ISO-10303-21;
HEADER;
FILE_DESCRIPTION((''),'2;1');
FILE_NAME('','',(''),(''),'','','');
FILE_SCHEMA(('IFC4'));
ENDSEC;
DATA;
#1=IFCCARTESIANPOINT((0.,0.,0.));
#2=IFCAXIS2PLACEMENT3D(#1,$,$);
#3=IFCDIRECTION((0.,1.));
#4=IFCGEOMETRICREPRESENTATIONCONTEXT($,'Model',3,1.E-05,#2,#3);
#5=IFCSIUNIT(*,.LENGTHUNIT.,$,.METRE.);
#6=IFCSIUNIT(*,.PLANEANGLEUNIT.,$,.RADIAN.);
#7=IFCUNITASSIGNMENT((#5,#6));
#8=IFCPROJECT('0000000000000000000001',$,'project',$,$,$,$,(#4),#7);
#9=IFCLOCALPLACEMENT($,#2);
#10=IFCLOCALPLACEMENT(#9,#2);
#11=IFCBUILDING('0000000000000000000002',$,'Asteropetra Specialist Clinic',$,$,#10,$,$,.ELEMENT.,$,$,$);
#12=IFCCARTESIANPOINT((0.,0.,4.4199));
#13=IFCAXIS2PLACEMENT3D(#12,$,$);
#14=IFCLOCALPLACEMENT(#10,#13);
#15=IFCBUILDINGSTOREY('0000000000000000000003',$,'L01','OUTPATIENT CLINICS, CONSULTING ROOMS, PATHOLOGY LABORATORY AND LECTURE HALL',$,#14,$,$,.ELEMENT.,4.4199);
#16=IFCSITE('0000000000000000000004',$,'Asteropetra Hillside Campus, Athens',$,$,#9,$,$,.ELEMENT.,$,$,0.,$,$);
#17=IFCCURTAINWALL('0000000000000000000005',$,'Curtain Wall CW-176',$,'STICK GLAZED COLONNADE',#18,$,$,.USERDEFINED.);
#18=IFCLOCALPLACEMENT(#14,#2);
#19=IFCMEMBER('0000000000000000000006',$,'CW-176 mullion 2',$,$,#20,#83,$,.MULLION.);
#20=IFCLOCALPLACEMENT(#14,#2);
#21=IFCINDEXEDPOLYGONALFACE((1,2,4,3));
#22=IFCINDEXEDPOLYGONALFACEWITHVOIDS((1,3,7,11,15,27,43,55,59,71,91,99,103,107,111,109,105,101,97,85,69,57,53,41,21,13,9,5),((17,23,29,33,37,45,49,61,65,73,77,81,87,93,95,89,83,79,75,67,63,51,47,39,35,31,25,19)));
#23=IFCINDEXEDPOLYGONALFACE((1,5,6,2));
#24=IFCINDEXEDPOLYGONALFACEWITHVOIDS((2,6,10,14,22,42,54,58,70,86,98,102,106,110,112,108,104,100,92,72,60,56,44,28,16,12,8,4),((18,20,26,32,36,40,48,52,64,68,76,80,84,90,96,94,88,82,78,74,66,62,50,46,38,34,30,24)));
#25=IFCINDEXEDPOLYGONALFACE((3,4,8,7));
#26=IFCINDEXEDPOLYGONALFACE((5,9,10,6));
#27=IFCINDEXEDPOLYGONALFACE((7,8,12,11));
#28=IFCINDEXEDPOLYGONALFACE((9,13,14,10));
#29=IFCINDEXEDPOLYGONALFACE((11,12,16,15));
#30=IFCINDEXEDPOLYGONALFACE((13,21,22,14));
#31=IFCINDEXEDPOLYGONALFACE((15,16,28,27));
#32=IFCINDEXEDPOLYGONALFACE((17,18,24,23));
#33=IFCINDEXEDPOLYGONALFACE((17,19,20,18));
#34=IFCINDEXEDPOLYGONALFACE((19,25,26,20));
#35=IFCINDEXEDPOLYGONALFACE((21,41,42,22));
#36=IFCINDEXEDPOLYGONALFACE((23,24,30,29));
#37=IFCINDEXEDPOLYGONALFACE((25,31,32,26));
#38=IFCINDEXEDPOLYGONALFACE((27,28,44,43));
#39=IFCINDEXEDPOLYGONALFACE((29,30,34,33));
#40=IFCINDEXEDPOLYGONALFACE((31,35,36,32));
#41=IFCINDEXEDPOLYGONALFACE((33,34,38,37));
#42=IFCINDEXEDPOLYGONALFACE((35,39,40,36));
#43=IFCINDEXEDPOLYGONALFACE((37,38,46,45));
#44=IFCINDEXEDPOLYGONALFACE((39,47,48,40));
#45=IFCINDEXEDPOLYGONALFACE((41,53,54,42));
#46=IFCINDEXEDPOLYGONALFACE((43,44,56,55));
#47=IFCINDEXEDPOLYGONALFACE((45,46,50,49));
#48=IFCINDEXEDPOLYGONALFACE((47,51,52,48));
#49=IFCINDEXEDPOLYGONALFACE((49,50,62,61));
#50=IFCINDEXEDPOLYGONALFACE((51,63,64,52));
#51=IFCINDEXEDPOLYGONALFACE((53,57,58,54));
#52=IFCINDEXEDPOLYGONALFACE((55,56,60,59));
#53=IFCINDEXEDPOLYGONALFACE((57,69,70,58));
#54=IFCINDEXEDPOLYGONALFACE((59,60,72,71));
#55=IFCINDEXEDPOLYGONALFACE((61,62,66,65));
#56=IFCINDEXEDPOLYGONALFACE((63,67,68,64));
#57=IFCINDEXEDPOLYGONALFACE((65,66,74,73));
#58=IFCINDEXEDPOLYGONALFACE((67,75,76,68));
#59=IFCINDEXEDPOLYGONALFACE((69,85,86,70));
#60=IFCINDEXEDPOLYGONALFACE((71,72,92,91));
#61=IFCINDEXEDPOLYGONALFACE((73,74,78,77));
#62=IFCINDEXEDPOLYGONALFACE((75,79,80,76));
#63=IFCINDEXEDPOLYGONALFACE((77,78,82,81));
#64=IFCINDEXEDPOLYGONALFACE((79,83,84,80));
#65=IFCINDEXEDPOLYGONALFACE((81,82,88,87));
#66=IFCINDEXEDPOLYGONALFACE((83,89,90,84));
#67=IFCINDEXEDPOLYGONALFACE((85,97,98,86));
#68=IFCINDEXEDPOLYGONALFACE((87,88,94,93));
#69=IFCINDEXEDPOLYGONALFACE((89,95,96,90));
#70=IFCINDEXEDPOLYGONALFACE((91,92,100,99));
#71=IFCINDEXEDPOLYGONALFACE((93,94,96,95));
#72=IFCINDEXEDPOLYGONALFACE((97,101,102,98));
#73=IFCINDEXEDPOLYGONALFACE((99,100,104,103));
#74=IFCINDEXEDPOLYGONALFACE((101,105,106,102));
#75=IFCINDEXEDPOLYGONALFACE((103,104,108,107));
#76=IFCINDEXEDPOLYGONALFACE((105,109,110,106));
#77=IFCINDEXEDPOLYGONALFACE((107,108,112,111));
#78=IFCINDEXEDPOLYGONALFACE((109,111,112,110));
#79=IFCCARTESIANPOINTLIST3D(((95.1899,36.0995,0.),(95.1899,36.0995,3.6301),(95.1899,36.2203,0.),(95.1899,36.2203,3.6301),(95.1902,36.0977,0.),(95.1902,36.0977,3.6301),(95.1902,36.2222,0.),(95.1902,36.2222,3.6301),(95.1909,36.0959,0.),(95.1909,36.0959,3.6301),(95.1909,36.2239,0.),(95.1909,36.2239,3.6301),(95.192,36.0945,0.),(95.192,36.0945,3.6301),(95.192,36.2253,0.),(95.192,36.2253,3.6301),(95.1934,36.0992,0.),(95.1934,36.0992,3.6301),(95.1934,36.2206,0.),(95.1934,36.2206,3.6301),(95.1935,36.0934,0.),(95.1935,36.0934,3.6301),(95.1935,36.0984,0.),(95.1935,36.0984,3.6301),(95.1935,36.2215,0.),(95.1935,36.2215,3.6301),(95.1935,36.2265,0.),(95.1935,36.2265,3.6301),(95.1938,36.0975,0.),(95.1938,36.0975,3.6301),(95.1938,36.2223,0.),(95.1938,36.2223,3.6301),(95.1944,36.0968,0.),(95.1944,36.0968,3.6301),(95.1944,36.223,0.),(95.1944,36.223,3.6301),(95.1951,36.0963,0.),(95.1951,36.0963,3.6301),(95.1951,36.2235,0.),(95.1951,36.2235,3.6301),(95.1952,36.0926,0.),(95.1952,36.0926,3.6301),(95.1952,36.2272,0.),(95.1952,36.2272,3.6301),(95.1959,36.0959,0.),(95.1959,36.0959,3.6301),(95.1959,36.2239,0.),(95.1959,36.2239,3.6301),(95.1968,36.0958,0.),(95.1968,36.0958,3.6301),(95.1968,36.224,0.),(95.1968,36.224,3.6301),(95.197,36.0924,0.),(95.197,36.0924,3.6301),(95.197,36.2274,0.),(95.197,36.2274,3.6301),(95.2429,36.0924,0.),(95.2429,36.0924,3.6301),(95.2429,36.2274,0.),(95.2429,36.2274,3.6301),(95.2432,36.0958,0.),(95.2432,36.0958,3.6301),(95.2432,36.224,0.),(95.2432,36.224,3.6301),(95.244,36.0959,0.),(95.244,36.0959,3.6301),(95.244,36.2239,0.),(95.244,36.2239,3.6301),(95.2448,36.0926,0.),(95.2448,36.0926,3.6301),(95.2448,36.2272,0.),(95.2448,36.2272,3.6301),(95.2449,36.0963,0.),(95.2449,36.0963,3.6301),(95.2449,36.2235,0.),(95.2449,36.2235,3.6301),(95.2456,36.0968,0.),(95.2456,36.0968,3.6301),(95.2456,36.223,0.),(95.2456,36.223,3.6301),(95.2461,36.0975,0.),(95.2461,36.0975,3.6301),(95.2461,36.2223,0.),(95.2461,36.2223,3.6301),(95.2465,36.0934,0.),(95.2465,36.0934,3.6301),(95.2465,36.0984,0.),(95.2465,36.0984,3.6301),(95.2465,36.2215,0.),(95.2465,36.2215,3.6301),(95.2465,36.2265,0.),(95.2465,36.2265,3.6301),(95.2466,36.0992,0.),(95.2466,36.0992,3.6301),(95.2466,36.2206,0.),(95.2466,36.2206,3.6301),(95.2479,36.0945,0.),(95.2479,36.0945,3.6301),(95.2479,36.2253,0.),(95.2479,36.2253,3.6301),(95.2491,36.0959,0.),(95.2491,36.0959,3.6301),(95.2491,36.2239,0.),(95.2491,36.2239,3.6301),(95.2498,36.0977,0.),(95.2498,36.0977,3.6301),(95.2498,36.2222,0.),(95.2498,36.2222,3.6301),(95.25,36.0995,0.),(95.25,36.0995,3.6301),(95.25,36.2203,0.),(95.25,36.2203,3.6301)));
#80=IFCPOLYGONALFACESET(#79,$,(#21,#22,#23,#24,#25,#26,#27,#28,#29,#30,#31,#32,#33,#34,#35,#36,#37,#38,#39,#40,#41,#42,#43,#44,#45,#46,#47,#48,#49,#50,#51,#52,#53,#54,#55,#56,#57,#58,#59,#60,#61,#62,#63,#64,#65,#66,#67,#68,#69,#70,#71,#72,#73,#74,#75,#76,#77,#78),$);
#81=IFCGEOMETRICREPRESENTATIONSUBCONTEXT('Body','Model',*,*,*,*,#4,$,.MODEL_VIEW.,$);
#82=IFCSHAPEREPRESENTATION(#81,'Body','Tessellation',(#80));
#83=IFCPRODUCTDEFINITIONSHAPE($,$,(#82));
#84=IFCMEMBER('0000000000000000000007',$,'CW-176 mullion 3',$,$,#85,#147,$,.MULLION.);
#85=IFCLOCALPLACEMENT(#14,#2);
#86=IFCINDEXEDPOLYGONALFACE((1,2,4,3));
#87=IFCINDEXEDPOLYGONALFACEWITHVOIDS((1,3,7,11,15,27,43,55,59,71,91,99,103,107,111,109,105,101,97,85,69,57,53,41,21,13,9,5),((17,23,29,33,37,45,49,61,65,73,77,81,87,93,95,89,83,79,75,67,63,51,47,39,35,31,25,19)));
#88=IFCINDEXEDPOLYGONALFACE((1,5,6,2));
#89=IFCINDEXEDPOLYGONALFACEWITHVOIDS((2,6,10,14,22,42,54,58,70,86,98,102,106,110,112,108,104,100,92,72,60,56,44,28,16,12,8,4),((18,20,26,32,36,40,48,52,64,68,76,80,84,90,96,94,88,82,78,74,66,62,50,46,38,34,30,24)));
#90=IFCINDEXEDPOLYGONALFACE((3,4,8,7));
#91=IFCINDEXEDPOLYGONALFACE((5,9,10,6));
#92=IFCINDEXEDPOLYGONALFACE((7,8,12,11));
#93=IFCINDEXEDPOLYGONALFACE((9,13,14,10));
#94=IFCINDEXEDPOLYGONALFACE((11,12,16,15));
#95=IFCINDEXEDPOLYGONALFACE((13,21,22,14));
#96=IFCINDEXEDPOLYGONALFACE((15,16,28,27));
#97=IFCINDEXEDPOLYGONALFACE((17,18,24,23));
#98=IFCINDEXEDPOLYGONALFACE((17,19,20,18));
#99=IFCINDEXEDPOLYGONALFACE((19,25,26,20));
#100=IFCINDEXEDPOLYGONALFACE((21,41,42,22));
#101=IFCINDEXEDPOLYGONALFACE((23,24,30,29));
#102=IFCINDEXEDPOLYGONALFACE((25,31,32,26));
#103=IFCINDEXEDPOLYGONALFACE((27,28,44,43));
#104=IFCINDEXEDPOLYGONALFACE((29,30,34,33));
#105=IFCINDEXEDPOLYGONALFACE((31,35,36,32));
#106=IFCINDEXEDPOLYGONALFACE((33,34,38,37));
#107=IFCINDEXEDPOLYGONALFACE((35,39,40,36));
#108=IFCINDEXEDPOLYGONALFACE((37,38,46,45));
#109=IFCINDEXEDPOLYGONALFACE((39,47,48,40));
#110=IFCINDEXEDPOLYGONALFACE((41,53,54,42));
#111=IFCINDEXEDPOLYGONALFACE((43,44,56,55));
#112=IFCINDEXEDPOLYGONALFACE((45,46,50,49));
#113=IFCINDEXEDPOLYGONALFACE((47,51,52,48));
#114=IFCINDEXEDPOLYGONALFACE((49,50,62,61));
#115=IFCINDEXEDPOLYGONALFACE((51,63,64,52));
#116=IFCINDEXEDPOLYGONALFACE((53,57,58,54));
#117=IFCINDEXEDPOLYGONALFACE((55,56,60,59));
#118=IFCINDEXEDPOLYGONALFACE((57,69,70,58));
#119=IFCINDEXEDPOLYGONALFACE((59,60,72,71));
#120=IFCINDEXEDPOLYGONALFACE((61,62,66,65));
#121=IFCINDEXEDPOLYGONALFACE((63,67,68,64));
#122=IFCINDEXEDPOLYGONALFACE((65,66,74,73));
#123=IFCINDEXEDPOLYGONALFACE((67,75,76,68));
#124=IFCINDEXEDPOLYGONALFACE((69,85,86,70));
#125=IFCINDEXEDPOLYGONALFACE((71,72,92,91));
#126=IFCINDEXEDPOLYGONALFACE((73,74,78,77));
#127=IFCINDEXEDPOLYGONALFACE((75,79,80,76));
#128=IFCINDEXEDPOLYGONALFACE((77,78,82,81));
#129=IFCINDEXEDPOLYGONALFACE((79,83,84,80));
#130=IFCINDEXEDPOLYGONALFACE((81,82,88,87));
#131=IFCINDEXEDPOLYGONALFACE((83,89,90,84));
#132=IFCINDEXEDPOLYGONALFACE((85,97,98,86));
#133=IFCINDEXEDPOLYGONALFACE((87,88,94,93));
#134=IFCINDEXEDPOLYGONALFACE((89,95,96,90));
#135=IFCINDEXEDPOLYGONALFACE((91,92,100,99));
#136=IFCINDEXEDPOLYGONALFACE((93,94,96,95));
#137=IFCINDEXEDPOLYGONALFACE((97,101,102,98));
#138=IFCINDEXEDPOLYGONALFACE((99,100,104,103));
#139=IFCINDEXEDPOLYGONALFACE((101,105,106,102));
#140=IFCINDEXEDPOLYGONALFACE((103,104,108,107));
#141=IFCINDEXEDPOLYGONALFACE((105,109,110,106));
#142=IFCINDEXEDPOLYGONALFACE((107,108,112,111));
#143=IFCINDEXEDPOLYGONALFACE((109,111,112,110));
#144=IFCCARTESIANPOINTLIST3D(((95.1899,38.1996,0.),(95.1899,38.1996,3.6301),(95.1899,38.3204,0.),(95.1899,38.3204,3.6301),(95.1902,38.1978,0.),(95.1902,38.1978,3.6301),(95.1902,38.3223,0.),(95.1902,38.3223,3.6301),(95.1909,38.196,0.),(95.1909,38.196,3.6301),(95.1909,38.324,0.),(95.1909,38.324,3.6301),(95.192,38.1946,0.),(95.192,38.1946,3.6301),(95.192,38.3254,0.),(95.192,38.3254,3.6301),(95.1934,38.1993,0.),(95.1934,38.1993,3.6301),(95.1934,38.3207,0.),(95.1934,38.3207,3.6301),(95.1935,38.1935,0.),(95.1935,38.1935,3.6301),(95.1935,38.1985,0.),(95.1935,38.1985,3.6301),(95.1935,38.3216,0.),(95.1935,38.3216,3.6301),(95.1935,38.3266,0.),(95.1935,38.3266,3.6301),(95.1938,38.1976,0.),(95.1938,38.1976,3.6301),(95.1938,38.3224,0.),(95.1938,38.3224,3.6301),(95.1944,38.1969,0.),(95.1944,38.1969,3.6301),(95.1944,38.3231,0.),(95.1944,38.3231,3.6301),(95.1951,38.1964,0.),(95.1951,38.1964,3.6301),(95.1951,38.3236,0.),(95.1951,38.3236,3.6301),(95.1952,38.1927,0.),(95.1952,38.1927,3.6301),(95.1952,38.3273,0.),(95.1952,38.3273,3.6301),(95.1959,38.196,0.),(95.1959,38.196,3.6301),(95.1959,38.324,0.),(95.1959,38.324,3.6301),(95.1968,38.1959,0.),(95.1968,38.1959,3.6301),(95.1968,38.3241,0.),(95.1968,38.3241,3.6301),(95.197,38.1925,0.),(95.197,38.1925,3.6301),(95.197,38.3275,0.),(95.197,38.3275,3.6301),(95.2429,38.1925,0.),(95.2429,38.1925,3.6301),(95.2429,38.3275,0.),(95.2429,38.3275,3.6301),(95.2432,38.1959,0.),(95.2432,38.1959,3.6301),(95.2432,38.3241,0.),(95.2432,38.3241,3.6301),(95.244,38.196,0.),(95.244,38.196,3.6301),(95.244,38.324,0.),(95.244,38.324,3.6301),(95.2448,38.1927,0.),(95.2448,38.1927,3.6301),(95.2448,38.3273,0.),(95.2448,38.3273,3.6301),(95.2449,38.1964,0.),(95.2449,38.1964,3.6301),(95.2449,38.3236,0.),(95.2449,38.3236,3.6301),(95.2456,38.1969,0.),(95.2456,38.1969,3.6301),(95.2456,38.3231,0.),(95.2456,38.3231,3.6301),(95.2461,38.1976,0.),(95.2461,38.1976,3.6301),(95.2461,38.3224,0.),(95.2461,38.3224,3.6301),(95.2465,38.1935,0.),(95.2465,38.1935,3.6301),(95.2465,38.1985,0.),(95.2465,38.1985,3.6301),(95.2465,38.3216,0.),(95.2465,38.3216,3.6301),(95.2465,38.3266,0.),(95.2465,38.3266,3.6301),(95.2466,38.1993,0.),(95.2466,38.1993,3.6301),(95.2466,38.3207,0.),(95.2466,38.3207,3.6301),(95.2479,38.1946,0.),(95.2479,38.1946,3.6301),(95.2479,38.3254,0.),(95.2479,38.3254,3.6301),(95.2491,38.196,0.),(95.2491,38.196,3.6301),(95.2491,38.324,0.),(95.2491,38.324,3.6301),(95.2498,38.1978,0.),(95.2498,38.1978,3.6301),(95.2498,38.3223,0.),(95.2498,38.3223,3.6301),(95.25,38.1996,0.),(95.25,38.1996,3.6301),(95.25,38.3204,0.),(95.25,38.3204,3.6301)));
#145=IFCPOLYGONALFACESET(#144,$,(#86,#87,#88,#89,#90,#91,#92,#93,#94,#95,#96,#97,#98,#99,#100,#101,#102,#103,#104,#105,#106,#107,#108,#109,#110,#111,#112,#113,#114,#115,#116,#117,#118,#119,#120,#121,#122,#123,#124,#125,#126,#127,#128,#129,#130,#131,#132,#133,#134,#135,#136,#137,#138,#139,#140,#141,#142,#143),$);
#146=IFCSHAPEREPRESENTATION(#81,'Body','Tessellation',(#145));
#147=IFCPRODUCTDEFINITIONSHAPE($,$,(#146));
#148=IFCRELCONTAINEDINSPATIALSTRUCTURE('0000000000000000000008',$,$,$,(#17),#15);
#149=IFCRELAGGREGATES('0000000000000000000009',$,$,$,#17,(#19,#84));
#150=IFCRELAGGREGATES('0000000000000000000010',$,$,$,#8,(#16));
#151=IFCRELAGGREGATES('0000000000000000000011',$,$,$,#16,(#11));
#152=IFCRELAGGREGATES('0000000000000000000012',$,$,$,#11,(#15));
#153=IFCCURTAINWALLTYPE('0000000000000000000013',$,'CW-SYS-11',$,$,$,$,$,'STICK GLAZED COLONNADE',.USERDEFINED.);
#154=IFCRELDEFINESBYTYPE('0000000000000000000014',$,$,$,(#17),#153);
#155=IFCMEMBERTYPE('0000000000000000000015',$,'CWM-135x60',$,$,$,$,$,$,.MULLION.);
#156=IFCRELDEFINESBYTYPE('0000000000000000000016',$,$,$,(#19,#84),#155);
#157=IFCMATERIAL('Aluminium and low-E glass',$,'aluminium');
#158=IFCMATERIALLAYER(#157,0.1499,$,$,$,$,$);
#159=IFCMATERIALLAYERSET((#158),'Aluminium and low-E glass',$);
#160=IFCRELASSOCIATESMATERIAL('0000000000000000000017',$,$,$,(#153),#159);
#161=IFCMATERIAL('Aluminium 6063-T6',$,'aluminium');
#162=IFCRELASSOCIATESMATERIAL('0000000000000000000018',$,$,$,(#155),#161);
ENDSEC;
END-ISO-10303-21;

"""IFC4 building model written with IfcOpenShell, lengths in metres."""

from ifc_helpers import new_model, si_unit, direction, frame, origin, origin_2d, place, context, subcontext, project, spatial, hollow_rectangle, extrude, material, layer, layer_set, material_profile, profile_set, type_object, element, aggregate, save


model = new_model("IFC4")

# Units and contexts
model_context = context("Model", 3, precision=1e-05, world=origin(), true_north=direction((0.0, 1.0)))
body_context = subcontext(model_context, "Body", "Model", "MODEL_VIEW")
ifc_project = project(units=[si_unit("LENGTHUNIT", "METRE"), si_unit("PLANEANGLEUNIT", "RADIAN")], contexts=[model_context])

# Site, building, storey
site_placement = place(None, origin())
site = spatial("IfcSite", under=ifc_project, at=site_placement, Name="Asteropetra Hillside Campus, Athens", CompositionType="ELEMENT", RefElevation=0.0)
building_placement = place(site_placement, origin())
building = spatial("IfcBuilding", under=site, at=building_placement, Name="Asteropetra Specialist Clinic", CompositionType="ELEMENT")
storey_placement = place(building_placement, frame((0.0, 0.0, 4.4199)))
storey = spatial("IfcBuildingStorey", under=building, at=storey_placement, Name="L01", Description="OUTPATIENT CLINICS, CONSULTING ROOMS, PATHOLOGY LABORATORY AND LECTURE HALL", CompositionType="ELEMENT", Elevation=4.4199)

# Curtain wall, members
ifc_material_1 = material(Name="Aluminium and low-E glass", Category="aluminium")
ifc_layer_1 = layer(ifc_material_1, 0.1499)
ifc_layer_set_1 = layer_set([ifc_layer_1], Name="Aluminium and low-E glass")
curtain_wall_type = type_object("IfcCurtainWallType", Name="CW-SYS-11", ElementType="STICK GLAZED COLONNADE", PredefinedType="USERDEFINED", material=ifc_layer_set_1)
curtain_wall_1_placement = place(storey_placement, origin())
curtain_wall_1 = element("IfcCurtainWall", 1, at=curtain_wall_1_placement, inside=storey, type_object=curtain_wall_type, Name="Curtain Wall CW-176", ObjectType="STICK GLAZED COLONNADE", PredefinedType="USERDEFINED")
ifc_material_2 = material(Name="Aluminium 6063-T6", Category="aluminium")
ifc_material_profile_1 = material_profile(ifc_material_2, hollow_rectangle(XDim=0.0601, YDim=0.135, WallThickness=0.0034, InnerFilletRadius=0.0034, OuterFilletRadius=0.0071, at=origin_2d()), Name="MUL 135x60x3.5")
ifc_profile_set_1 = profile_set([ifc_material_profile_1], Name="Aluminium 6063-T6")
member_type_1 = type_object("IfcMemberType", Name="CWM-135x60", PredefinedType="MULLION", material=ifc_profile_set_1)
member_1_placement = place(storey_placement, frame((95.22, 36.1599, 0.0), z_axis=(0.0, 0.0, 1.0), x_axis=(-1.0, 0.0, 0.0)))
member_1 = element("IfcMember", 2, at=member_1_placement, type_object=member_type_1, Name="CW-176 mullion 2", PredefinedType="MULLION", context=body_context, shape_type="SweptSolid", body=[
    extrude(hollow_rectangle(XDim=0.0601, YDim=0.135, WallThickness=0.0034, InnerFilletRadius=0.0034, OuterFilletRadius=0.0071, at=origin_2d()), origin(), (0.0, 0.0, 1.0), 3.6301),
])
member_2_placement = place(storey_placement, frame((95.22, 38.26, 0.0), z_axis=(0.0, 0.0, 1.0), x_axis=(-1.0, 0.0, 0.0)))
member_2 = element("IfcMember", 3, at=member_2_placement, type_object=member_type_1, Name="CW-176 mullion 3", PredefinedType="MULLION", context=body_context, shape_type="SweptSolid", body=[
    extrude(hollow_rectangle(XDim=0.0601, YDim=0.135, WallThickness=0.0034, InnerFilletRadius=0.0034, OuterFilletRadius=0.0071, at=origin_2d()), origin(), (0.0, 0.0, 1.0), 3.6301),
])

aggregate(curtain_wall_1, [member_1, member_2])

save(model, "model.ifc")
